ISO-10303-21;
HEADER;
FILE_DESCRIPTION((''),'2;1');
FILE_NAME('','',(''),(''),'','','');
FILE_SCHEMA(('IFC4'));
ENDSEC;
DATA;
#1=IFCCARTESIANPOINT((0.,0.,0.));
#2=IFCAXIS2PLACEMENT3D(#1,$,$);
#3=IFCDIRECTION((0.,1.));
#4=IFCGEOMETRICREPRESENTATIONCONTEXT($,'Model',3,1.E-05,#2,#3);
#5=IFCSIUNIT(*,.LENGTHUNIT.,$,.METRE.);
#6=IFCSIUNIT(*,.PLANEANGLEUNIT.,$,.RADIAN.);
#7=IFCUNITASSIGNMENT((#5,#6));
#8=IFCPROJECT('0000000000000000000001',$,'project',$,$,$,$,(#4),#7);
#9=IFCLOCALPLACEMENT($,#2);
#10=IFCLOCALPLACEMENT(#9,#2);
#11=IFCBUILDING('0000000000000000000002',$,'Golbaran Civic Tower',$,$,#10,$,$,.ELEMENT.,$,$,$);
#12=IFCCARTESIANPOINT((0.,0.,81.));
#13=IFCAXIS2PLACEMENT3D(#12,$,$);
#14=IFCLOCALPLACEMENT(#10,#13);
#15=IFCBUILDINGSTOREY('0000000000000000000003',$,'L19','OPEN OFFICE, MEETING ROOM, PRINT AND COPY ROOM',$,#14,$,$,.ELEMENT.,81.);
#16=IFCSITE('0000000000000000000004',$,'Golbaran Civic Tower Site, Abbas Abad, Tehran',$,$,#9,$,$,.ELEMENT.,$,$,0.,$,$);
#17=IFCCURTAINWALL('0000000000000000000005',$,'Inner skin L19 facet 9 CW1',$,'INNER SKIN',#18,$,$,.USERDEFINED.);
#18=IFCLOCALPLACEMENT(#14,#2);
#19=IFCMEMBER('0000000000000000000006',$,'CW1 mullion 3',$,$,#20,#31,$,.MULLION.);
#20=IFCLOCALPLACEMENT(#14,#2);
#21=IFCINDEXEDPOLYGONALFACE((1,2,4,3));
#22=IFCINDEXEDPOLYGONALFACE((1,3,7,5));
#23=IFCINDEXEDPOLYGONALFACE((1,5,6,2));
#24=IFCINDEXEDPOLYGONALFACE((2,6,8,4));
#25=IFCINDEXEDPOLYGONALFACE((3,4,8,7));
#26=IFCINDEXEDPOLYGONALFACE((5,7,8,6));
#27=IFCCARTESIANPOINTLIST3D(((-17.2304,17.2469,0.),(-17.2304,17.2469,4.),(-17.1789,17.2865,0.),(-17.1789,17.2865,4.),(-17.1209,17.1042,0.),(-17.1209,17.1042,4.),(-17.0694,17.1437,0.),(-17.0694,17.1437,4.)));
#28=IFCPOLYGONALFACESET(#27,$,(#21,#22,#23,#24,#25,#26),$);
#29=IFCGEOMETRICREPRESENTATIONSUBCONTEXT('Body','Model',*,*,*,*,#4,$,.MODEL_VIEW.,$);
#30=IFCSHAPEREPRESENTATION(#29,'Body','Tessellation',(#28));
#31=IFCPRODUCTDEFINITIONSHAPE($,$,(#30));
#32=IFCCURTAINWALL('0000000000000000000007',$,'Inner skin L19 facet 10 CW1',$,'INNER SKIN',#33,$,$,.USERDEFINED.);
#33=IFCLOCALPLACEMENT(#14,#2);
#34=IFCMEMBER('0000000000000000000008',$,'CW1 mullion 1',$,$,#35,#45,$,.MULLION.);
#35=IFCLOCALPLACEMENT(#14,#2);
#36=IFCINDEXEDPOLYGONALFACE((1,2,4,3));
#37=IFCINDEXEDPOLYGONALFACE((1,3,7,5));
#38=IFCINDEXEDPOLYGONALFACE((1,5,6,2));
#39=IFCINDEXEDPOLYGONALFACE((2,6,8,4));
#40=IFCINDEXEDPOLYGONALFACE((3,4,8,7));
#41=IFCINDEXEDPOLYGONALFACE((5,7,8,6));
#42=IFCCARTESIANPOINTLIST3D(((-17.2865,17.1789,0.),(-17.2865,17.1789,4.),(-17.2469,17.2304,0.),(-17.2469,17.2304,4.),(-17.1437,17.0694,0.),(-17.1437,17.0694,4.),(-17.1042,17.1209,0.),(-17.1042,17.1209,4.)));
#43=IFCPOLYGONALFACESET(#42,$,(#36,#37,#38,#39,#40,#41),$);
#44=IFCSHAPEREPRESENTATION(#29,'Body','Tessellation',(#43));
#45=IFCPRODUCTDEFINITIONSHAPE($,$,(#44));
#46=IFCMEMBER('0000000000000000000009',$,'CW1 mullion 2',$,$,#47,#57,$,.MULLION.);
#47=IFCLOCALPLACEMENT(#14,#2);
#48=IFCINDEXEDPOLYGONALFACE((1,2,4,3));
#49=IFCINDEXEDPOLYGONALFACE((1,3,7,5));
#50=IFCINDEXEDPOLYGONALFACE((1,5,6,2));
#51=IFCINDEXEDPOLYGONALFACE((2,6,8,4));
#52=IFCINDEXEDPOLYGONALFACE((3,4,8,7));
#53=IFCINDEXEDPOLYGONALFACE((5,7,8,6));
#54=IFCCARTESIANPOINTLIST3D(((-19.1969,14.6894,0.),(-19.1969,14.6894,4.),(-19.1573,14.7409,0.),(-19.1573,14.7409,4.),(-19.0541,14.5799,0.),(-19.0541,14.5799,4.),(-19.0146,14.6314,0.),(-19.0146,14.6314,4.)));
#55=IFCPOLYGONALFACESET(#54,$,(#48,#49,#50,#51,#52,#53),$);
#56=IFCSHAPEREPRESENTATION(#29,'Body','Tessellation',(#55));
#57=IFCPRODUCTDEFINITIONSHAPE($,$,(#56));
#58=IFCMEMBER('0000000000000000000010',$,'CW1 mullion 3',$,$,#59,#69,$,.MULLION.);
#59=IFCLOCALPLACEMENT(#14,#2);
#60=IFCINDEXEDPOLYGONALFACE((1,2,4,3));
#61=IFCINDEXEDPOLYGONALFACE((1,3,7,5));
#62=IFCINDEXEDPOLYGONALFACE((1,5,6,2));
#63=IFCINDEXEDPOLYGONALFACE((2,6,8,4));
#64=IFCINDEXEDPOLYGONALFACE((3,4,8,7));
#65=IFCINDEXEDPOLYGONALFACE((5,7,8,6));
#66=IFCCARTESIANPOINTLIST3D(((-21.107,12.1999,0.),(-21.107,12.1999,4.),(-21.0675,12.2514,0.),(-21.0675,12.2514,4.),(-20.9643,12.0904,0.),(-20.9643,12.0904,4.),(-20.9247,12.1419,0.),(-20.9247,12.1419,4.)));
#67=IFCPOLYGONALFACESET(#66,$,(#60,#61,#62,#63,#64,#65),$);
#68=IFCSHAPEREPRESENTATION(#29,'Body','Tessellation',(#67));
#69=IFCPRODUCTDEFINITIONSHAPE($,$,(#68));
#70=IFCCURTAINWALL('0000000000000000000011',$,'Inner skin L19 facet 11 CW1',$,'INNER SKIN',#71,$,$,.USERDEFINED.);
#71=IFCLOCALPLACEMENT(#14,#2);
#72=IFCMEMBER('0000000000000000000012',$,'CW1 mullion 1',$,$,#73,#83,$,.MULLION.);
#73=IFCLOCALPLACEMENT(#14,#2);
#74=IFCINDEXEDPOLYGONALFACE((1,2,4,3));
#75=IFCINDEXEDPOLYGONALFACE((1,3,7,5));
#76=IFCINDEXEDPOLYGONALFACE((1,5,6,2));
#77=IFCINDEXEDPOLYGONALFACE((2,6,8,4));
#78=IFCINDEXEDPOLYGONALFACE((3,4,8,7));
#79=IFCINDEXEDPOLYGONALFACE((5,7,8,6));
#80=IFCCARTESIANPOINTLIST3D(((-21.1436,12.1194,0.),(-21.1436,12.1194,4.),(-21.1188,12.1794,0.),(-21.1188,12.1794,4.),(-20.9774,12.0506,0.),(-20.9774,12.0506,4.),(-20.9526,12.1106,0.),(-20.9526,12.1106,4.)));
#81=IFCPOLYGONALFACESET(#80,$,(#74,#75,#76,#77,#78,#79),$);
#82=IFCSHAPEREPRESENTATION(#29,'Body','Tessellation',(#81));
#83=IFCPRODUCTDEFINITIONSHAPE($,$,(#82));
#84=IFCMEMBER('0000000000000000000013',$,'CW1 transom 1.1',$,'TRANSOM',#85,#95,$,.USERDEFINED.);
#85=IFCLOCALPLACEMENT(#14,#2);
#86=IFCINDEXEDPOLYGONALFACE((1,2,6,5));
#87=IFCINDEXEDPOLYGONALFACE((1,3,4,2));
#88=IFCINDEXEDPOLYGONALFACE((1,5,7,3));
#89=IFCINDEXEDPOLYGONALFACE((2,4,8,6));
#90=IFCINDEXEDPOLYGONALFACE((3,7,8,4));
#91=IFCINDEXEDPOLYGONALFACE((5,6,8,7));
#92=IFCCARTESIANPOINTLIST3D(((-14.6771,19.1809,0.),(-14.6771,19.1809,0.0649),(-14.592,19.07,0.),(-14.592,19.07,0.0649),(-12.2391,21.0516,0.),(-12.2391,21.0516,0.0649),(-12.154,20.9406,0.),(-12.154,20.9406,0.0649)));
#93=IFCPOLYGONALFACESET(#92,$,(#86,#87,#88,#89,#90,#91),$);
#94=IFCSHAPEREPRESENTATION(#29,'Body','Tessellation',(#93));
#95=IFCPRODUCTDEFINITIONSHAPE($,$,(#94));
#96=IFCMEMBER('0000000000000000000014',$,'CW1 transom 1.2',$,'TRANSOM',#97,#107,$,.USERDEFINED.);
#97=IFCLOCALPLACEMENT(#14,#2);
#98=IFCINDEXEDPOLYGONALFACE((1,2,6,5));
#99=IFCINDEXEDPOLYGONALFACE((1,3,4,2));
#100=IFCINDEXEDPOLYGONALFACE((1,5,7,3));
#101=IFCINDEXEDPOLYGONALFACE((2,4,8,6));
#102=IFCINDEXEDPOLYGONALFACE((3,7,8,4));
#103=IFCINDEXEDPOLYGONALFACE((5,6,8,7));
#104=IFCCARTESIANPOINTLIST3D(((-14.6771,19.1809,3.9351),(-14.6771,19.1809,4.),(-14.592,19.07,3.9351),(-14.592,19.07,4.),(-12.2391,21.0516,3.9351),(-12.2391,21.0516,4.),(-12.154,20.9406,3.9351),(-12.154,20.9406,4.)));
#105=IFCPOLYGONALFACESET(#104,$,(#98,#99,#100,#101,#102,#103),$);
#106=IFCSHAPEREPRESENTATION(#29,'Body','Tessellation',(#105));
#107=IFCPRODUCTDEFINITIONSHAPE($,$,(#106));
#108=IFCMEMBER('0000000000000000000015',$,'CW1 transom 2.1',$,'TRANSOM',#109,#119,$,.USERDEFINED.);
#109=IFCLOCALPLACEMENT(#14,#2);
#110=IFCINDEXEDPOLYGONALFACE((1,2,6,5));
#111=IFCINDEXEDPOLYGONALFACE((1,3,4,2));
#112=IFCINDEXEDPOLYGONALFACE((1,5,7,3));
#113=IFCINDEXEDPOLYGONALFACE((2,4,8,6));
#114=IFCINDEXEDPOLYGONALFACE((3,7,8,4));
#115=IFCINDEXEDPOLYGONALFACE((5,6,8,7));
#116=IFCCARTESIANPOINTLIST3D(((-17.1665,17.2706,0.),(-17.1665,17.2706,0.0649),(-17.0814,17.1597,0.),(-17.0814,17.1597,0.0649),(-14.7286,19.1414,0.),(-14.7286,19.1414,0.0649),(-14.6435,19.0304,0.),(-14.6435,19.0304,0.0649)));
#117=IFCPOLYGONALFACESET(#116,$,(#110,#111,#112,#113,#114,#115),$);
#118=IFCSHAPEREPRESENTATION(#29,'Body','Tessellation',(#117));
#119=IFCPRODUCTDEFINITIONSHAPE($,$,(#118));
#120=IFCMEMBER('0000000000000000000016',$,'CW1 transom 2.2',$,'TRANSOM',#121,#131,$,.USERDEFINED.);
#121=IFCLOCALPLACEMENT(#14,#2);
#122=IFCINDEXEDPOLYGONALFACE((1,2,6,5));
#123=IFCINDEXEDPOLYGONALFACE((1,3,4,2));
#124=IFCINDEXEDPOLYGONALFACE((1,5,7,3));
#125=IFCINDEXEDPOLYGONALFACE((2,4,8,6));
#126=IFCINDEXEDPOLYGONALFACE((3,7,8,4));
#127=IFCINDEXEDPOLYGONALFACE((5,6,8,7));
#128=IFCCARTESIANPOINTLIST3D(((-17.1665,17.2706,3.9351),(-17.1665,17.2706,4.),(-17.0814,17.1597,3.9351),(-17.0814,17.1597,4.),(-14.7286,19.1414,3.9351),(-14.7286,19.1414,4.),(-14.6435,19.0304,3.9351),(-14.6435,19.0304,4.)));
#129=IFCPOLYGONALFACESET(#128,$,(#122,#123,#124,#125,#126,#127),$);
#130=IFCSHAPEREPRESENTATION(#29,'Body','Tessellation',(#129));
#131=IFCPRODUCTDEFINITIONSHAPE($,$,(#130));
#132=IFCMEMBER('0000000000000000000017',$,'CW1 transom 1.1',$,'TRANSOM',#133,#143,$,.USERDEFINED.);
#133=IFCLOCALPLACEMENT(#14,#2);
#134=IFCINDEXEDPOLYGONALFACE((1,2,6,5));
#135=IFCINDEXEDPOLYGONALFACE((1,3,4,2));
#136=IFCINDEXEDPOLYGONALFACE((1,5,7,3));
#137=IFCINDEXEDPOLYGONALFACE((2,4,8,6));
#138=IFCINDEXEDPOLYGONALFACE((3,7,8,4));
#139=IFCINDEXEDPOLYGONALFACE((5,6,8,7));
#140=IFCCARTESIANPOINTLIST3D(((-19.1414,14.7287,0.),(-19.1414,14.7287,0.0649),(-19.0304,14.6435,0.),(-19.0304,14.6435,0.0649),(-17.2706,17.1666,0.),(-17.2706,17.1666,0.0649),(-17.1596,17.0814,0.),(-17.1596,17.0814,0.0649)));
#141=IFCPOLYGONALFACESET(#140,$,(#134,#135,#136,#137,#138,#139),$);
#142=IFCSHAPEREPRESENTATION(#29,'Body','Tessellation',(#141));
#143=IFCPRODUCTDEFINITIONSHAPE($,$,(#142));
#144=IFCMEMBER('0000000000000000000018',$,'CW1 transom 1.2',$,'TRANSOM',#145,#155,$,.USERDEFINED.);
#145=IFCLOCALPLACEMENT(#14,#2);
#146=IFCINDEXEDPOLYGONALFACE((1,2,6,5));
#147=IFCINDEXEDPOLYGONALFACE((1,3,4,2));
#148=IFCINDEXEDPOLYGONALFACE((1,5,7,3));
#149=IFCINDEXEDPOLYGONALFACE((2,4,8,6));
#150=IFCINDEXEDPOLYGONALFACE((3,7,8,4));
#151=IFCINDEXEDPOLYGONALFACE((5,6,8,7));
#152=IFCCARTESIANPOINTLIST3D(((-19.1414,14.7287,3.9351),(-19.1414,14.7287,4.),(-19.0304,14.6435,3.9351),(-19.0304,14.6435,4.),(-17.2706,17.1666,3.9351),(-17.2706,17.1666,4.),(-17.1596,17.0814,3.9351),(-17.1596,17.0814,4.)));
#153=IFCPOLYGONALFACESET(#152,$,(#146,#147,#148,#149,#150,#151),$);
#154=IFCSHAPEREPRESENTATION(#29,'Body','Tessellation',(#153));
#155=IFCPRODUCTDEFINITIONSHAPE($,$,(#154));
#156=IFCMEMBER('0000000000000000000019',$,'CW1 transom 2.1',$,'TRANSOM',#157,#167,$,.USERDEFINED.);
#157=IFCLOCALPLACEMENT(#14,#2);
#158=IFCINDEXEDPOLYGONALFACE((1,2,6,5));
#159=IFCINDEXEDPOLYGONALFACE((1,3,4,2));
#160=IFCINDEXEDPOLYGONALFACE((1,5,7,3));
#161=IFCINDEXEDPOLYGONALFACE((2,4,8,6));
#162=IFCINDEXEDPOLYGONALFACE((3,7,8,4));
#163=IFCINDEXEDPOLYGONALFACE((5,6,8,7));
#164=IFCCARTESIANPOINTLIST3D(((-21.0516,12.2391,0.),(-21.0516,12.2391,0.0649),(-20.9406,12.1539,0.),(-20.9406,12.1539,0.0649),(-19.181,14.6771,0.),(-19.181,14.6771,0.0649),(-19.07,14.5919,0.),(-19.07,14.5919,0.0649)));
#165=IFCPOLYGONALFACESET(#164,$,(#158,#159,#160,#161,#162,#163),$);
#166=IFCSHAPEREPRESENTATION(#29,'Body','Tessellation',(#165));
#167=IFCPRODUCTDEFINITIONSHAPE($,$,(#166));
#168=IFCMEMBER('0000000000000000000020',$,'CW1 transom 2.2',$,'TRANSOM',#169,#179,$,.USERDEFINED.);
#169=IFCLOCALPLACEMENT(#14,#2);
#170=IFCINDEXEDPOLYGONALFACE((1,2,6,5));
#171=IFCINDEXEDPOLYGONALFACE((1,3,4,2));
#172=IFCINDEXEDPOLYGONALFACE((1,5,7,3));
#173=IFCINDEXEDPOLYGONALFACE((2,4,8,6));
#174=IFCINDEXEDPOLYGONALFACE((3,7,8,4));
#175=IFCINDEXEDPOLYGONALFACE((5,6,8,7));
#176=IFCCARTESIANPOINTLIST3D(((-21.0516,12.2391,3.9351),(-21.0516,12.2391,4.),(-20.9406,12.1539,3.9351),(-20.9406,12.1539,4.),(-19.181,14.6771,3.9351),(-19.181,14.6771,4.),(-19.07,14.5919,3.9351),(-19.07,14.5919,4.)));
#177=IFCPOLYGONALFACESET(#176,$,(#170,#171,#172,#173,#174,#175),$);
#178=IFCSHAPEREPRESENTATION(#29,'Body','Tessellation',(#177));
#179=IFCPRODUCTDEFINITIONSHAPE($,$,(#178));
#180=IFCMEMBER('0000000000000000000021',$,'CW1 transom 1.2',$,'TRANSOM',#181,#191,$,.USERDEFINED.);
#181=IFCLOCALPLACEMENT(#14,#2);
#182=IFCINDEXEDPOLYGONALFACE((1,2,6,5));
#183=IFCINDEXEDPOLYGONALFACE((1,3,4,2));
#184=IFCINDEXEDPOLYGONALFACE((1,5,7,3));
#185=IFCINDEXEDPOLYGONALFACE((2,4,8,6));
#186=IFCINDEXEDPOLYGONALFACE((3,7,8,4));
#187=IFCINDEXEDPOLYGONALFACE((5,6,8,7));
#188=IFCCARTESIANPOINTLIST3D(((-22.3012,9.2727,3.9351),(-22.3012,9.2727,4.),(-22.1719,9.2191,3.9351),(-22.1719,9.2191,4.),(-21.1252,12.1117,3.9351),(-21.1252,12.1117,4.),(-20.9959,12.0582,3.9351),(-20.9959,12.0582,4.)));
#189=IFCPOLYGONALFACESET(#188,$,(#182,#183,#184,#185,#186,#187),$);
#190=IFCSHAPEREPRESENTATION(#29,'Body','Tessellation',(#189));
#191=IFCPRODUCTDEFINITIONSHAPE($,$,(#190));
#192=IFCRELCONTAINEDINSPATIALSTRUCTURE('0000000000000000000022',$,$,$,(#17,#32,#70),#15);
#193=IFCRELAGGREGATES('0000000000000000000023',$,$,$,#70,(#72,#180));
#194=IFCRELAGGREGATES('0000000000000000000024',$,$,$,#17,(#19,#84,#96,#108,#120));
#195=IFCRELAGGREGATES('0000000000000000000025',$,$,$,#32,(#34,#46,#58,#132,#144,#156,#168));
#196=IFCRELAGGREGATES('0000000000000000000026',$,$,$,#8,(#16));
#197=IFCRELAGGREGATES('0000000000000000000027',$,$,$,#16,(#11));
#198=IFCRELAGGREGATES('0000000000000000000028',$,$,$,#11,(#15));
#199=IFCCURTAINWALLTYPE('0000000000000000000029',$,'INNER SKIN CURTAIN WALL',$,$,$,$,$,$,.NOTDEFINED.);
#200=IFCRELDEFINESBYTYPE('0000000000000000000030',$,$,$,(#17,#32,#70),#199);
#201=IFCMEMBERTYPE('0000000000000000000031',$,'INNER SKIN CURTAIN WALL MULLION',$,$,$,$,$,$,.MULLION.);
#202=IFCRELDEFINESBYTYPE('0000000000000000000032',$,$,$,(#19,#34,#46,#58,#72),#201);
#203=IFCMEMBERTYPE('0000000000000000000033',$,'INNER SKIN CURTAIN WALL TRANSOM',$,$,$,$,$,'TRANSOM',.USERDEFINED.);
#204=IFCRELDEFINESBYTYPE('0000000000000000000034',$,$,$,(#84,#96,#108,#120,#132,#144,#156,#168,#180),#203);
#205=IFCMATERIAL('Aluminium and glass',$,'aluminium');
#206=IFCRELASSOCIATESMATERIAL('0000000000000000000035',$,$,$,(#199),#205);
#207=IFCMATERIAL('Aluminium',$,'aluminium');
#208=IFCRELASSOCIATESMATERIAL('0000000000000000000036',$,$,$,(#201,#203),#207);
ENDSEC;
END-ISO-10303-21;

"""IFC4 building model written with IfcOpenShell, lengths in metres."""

from ifc_helpers import new_model, si_unit, direction, frame, origin, origin_2d, place, context, subcontext, project, spatial, rectangle, extrude, material, material_profile, profile_set, type_object, element, aggregate, save


model = new_model("IFC4")

# Units and contexts
model_context = context("Model", 3, precision=1e-05, world=origin(), true_north=direction((0.0, 1.0)))
body_context = subcontext(model_context, "Body", "Model", "MODEL_VIEW")
ifc_project = project(units=[si_unit("LENGTHUNIT", "METRE"), si_unit("PLANEANGLEUNIT", "RADIAN")], contexts=[model_context])

# Site, building, storey
site_placement = place(None, origin())
site = spatial("IfcSite", under=ifc_project, at=site_placement, Name="Golbaran Civic Tower Site, Abbas Abad, Tehran", CompositionType="ELEMENT", RefElevation=0.0)
building_placement = place(site_placement, origin())
building = spatial("IfcBuilding", under=site, at=building_placement, Name="Golbaran Civic Tower", CompositionType="ELEMENT")
storey_placement = place(building_placement, frame((0.0, 0.0, 81.0)))
storey = spatial("IfcBuildingStorey", under=building, at=storey_placement, Name="L19", Description="OPEN OFFICE, MEETING ROOM, PRINT AND COPY ROOM", CompositionType="ELEMENT", Elevation=81.0)

# Shared definitions
ifc_material_1 = material(Name="Aluminium and glass", Category="aluminium")
curtain_wall_type = type_object("IfcCurtainWallType", Name="INNER SKIN CURTAIN WALL", PredefinedType="NOTDEFINED", material=ifc_material_1)
ifc_material_2 = material(Name="Aluminium", Category="aluminium")
ifc_material_profile_1 = material_profile(ifc_material_2, rectangle(XDim=0.1799, YDim=0.0649, at=origin_2d()), Name="INNER SKIN CURTAIN WALL MULLION")
ifc_profile_set_1 = profile_set([ifc_material_profile_1], Name="Aluminium")
member_type_1 = type_object("IfcMemberType", Name="INNER SKIN CURTAIN WALL MULLION", PredefinedType="MULLION", material=ifc_profile_set_1)

# Curtain walls, members
curtain_wall_1_placement = place(storey_placement, origin())
curtain_wall_1 = element("IfcCurtainWall", 1, at=curtain_wall_1_placement, inside=storey, type_object=curtain_wall_type, Name="Inner skin L19 facet 9 CW1", ObjectType="INNER SKIN", PredefinedType="USERDEFINED")
member_1_placement = place(storey_placement, frame((-17.1499, 17.1953, 0.0), z_axis=(0.0, 0.0, 1.0), x_axis=(0.608761, -0.793353, 0.0)))
member_1 = element("IfcMember", 2, at=member_1_placement, type_object=member_type_1, Name="CW1 mullion 3", PredefinedType="MULLION", context=body_context, shape_type="SweptSolid", body=[
    extrude(rectangle(XDim=0.1799, YDim=0.0649, at=origin_2d()), origin(), (0.0, 0.0, 1.0), 4.0),
])
curtain_wall_2_placement = place(storey_placement, origin())
curtain_wall_2 = element("IfcCurtainWall", 3, at=curtain_wall_2_placement, inside=storey, type_object=curtain_wall_type, Name="Inner skin L19 facet 10 CW1", ObjectType="INNER SKIN", PredefinedType="USERDEFINED")
member_2_placement = place(storey_placement, frame((-17.1953, 17.1499, 0.0), z_axis=(0.0, 0.0, 1.0), x_axis=(0.793353, -0.608761, 0.0)))
member_2 = element("IfcMember", 4, at=member_2_placement, type_object=member_type_1, Name="CW1 mullion 1", PredefinedType="MULLION", context=body_context, shape_type="SweptSolid", body=[
    extrude(rectangle(XDim=0.1799, YDim=0.0649, at=origin_2d()), origin(), (0.0, 0.0, 1.0), 4.0),
])
member_3_placement = place(storey_placement, frame((-19.1057, 14.6604, 0.0), z_axis=(0.0, 0.0, 1.0), x_axis=(0.793353, -0.608761, 0.0)))
member_3 = element("IfcMember", 5, at=member_3_placement, type_object=member_type_1, Name="CW1 mullion 2", PredefinedType="MULLION", context=body_context, shape_type="SweptSolid", body=[
    extrude(rectangle(XDim=0.1799, YDim=0.0649, at=origin_2d()), origin(), (0.0, 0.0, 1.0), 4.0),
])
member_4_placement = place(storey_placement, frame((-21.0159, 12.1709, 0.0), z_axis=(0.0, 0.0, 1.0), x_axis=(0.793353, -0.608761, 0.0)))
member_4 = element("IfcMember", 6, at=member_4_placement, type_object=member_type_1, Name="CW1 mullion 3", PredefinedType="MULLION", context=body_context, shape_type="SweptSolid", body=[
    extrude(rectangle(XDim=0.1799, YDim=0.0649, at=origin_2d()), origin(), (0.0, 0.0, 1.0), 4.0),
])

# Curtain wall, member
curtain_wall_3_placement = place(storey_placement, origin())
curtain_wall_3 = element("IfcCurtainWall", 7, at=curtain_wall_3_placement, inside=storey, type_object=curtain_wall_type, Name="Inner skin L19 facet 11 CW1", ObjectType="INNER SKIN", PredefinedType="USERDEFINED")
member_5_placement = place(storey_placement, frame((-21.0481, 12.115, 0.0), z_axis=(0.0, 0.0, 1.0), x_axis=(0.92388, -0.382683, 0.0)))
member_5 = element("IfcMember", 8, at=member_5_placement, type_object=member_type_1, Name="CW1 mullion 1", PredefinedType="MULLION", context=body_context, shape_type="SweptSolid", body=[
    extrude(rectangle(XDim=0.1799, YDim=0.0649, at=origin_2d()), origin(), (0.0, 0.0, 1.0), 4.0),
])

# Members
ifc_material_profile_2 = material_profile(ifc_material_2, rectangle(XDim=0.1399, YDim=0.0649, at=origin_2d()), Name="INNER SKIN CURTAIN WALL TRANSOM")
ifc_profile_set_2 = profile_set([ifc_material_profile_2], Name="Aluminium")
member_type_2 = type_object("IfcMemberType", Name="INNER SKIN CURTAIN WALL TRANSOM", ElementType="TRANSOM", PredefinedType="USERDEFINED", material=ifc_profile_set_2)
member_6_placement = place(storey_placement, frame((-12.1965, 20.9961, 0.0325), z_axis=(-0.793374, -0.608735, 0.0), x_axis=(0.608735, -0.793374, 0.0)))
member_6 = element("IfcMember", 9, at=member_6_placement, type_object=member_type_2, Name="CW1 transom 1.1", ObjectType="TRANSOM", PredefinedType="USERDEFINED", context=body_context, shape_type="SweptSolid", body=[
    extrude(rectangle(XDim=0.1399, YDim=0.0649, at=origin_2d()), origin(), (0.0, 0.0, 1.0), 3.073),
])
member_7_placement = place(storey_placement, frame((-12.1965, 20.9961, 3.9675), z_axis=(-0.793374, -0.608735, 0.0), x_axis=(0.608735, -0.793374, 0.0)))
member_7 = element("IfcMember", 10, at=member_7_placement, type_object=member_type_2, Name="CW1 transom 1.2", ObjectType="TRANSOM", PredefinedType="USERDEFINED", context=body_context, shape_type="SweptSolid", body=[
    extrude(rectangle(XDim=0.1399, YDim=0.0649, at=origin_2d()), origin(), (0.0, 0.0, 1.0), 3.073),
])
member_8_placement = place(storey_placement, frame((-14.686, 19.0859, 0.0325), z_axis=(-0.793335, -0.608785, 0.0), x_axis=(0.608785, -0.793335, 0.0)))
member_8 = element("IfcMember", 11, at=member_8_placement, type_object=member_type_2, Name="CW1 transom 2.1", ObjectType="TRANSOM", PredefinedType="USERDEFINED", context=body_context, shape_type="SweptSolid", body=[
    extrude(rectangle(XDim=0.1399, YDim=0.0649, at=origin_2d()), origin(), (0.0, 0.0, 1.0), 3.073),
])
member_9_placement = place(storey_placement, frame((-14.686, 19.0859, 3.9675), z_axis=(-0.793335, -0.608785, 0.0), x_axis=(0.608785, -0.793335, 0.0)))
member_9 = element("IfcMember", 12, at=member_9_placement, type_object=member_type_2, Name="CW1 transom 2.2", ObjectType="TRANSOM", PredefinedType="USERDEFINED", context=body_context, shape_type="SweptSolid", body=[
    extrude(rectangle(XDim=0.1399, YDim=0.0649, at=origin_2d()), origin(), (0.0, 0.0, 1.0), 3.073),
])
member_10_placement = place(storey_placement, frame((-17.2151, 17.124, 0.0325), z_axis=(-0.608785, -0.793335, 0.0), x_axis=(0.793335, -0.608785, 0.0)))
member_10 = element("IfcMember", 13, at=member_10_placement, type_object=member_type_2, Name="CW1 transom 1.1", ObjectType="TRANSOM", PredefinedType="USERDEFINED", context=body_context, shape_type="SweptSolid", body=[
    extrude(rectangle(XDim=0.1399, YDim=0.0649, at=origin_2d()), origin(), (0.0, 0.0, 1.0), 3.073),
])
member_11_placement = place(storey_placement, frame((-17.2151, 17.124, 3.9675), z_axis=(-0.608785, -0.793335, 0.0), x_axis=(0.793335, -0.608785, 0.0)))
member_11 = element("IfcMember", 14, at=member_11_placement, type_object=member_type_2, Name="CW1 transom 1.2", ObjectType="TRANSOM", PredefinedType="USERDEFINED", context=body_context, shape_type="SweptSolid", body=[
    extrude(rectangle(XDim=0.1399, YDim=0.0649, at=origin_2d()), origin(), (0.0, 0.0, 1.0), 3.073),
])
member_12_placement = place(storey_placement, frame((-19.1255, 14.6345, 0.0325), z_axis=(-0.608735, -0.793374, 0.0), x_axis=(0.793374, -0.608735, 0.0)))
member_12 = element("IfcMember", 15, at=member_12_placement, type_object=member_type_2, Name="CW1 transom 2.1", ObjectType="TRANSOM", PredefinedType="USERDEFINED", context=body_context, shape_type="SweptSolid", body=[
    extrude(rectangle(XDim=0.1399, YDim=0.0649, at=origin_2d()), origin(), (0.0, 0.0, 1.0), 3.073),
])
member_13_placement = place(storey_placement, frame((-19.1255, 14.6345, 3.9675), z_axis=(-0.608735, -0.793374, 0.0), x_axis=(0.793374, -0.608735, 0.0)))
member_13 = element("IfcMember", 16, at=member_13_placement, type_object=member_type_2, Name="CW1 transom 2.2", ObjectType="TRANSOM", PredefinedType="USERDEFINED", context=body_context, shape_type="SweptSolid", body=[
    extrude(rectangle(XDim=0.1399, YDim=0.0649, at=origin_2d()), origin(), (0.0, 0.0, 1.0), 3.073),
])
member_14_placement = place(storey_placement, frame((-21.0605, 12.085, 3.9675), z_axis=(-0.382691, -0.923876, 0.0), x_axis=(0.923876, -0.382691, 0.0)))
member_14 = element("IfcMember", 17, at=member_14_placement, type_object=member_type_2, Name="CW1 transom 1.2", ObjectType="TRANSOM", PredefinedType="USERDEFINED", context=body_context, shape_type="SweptSolid", body=[
    extrude(rectangle(XDim=0.1399, YDim=0.0649, at=origin_2d()), origin(), (0.0, 0.0, 1.0), 3.073),
])
aggregate(curtain_wall_3, [member_5, member_14])

aggregate(curtain_wall_1, [member_1, member_6, member_7, member_8, member_9])
aggregate(curtain_wall_2, [member_2, member_3, member_4, member_10, member_11, member_12, member_13])

save(model, "model.ifc")
